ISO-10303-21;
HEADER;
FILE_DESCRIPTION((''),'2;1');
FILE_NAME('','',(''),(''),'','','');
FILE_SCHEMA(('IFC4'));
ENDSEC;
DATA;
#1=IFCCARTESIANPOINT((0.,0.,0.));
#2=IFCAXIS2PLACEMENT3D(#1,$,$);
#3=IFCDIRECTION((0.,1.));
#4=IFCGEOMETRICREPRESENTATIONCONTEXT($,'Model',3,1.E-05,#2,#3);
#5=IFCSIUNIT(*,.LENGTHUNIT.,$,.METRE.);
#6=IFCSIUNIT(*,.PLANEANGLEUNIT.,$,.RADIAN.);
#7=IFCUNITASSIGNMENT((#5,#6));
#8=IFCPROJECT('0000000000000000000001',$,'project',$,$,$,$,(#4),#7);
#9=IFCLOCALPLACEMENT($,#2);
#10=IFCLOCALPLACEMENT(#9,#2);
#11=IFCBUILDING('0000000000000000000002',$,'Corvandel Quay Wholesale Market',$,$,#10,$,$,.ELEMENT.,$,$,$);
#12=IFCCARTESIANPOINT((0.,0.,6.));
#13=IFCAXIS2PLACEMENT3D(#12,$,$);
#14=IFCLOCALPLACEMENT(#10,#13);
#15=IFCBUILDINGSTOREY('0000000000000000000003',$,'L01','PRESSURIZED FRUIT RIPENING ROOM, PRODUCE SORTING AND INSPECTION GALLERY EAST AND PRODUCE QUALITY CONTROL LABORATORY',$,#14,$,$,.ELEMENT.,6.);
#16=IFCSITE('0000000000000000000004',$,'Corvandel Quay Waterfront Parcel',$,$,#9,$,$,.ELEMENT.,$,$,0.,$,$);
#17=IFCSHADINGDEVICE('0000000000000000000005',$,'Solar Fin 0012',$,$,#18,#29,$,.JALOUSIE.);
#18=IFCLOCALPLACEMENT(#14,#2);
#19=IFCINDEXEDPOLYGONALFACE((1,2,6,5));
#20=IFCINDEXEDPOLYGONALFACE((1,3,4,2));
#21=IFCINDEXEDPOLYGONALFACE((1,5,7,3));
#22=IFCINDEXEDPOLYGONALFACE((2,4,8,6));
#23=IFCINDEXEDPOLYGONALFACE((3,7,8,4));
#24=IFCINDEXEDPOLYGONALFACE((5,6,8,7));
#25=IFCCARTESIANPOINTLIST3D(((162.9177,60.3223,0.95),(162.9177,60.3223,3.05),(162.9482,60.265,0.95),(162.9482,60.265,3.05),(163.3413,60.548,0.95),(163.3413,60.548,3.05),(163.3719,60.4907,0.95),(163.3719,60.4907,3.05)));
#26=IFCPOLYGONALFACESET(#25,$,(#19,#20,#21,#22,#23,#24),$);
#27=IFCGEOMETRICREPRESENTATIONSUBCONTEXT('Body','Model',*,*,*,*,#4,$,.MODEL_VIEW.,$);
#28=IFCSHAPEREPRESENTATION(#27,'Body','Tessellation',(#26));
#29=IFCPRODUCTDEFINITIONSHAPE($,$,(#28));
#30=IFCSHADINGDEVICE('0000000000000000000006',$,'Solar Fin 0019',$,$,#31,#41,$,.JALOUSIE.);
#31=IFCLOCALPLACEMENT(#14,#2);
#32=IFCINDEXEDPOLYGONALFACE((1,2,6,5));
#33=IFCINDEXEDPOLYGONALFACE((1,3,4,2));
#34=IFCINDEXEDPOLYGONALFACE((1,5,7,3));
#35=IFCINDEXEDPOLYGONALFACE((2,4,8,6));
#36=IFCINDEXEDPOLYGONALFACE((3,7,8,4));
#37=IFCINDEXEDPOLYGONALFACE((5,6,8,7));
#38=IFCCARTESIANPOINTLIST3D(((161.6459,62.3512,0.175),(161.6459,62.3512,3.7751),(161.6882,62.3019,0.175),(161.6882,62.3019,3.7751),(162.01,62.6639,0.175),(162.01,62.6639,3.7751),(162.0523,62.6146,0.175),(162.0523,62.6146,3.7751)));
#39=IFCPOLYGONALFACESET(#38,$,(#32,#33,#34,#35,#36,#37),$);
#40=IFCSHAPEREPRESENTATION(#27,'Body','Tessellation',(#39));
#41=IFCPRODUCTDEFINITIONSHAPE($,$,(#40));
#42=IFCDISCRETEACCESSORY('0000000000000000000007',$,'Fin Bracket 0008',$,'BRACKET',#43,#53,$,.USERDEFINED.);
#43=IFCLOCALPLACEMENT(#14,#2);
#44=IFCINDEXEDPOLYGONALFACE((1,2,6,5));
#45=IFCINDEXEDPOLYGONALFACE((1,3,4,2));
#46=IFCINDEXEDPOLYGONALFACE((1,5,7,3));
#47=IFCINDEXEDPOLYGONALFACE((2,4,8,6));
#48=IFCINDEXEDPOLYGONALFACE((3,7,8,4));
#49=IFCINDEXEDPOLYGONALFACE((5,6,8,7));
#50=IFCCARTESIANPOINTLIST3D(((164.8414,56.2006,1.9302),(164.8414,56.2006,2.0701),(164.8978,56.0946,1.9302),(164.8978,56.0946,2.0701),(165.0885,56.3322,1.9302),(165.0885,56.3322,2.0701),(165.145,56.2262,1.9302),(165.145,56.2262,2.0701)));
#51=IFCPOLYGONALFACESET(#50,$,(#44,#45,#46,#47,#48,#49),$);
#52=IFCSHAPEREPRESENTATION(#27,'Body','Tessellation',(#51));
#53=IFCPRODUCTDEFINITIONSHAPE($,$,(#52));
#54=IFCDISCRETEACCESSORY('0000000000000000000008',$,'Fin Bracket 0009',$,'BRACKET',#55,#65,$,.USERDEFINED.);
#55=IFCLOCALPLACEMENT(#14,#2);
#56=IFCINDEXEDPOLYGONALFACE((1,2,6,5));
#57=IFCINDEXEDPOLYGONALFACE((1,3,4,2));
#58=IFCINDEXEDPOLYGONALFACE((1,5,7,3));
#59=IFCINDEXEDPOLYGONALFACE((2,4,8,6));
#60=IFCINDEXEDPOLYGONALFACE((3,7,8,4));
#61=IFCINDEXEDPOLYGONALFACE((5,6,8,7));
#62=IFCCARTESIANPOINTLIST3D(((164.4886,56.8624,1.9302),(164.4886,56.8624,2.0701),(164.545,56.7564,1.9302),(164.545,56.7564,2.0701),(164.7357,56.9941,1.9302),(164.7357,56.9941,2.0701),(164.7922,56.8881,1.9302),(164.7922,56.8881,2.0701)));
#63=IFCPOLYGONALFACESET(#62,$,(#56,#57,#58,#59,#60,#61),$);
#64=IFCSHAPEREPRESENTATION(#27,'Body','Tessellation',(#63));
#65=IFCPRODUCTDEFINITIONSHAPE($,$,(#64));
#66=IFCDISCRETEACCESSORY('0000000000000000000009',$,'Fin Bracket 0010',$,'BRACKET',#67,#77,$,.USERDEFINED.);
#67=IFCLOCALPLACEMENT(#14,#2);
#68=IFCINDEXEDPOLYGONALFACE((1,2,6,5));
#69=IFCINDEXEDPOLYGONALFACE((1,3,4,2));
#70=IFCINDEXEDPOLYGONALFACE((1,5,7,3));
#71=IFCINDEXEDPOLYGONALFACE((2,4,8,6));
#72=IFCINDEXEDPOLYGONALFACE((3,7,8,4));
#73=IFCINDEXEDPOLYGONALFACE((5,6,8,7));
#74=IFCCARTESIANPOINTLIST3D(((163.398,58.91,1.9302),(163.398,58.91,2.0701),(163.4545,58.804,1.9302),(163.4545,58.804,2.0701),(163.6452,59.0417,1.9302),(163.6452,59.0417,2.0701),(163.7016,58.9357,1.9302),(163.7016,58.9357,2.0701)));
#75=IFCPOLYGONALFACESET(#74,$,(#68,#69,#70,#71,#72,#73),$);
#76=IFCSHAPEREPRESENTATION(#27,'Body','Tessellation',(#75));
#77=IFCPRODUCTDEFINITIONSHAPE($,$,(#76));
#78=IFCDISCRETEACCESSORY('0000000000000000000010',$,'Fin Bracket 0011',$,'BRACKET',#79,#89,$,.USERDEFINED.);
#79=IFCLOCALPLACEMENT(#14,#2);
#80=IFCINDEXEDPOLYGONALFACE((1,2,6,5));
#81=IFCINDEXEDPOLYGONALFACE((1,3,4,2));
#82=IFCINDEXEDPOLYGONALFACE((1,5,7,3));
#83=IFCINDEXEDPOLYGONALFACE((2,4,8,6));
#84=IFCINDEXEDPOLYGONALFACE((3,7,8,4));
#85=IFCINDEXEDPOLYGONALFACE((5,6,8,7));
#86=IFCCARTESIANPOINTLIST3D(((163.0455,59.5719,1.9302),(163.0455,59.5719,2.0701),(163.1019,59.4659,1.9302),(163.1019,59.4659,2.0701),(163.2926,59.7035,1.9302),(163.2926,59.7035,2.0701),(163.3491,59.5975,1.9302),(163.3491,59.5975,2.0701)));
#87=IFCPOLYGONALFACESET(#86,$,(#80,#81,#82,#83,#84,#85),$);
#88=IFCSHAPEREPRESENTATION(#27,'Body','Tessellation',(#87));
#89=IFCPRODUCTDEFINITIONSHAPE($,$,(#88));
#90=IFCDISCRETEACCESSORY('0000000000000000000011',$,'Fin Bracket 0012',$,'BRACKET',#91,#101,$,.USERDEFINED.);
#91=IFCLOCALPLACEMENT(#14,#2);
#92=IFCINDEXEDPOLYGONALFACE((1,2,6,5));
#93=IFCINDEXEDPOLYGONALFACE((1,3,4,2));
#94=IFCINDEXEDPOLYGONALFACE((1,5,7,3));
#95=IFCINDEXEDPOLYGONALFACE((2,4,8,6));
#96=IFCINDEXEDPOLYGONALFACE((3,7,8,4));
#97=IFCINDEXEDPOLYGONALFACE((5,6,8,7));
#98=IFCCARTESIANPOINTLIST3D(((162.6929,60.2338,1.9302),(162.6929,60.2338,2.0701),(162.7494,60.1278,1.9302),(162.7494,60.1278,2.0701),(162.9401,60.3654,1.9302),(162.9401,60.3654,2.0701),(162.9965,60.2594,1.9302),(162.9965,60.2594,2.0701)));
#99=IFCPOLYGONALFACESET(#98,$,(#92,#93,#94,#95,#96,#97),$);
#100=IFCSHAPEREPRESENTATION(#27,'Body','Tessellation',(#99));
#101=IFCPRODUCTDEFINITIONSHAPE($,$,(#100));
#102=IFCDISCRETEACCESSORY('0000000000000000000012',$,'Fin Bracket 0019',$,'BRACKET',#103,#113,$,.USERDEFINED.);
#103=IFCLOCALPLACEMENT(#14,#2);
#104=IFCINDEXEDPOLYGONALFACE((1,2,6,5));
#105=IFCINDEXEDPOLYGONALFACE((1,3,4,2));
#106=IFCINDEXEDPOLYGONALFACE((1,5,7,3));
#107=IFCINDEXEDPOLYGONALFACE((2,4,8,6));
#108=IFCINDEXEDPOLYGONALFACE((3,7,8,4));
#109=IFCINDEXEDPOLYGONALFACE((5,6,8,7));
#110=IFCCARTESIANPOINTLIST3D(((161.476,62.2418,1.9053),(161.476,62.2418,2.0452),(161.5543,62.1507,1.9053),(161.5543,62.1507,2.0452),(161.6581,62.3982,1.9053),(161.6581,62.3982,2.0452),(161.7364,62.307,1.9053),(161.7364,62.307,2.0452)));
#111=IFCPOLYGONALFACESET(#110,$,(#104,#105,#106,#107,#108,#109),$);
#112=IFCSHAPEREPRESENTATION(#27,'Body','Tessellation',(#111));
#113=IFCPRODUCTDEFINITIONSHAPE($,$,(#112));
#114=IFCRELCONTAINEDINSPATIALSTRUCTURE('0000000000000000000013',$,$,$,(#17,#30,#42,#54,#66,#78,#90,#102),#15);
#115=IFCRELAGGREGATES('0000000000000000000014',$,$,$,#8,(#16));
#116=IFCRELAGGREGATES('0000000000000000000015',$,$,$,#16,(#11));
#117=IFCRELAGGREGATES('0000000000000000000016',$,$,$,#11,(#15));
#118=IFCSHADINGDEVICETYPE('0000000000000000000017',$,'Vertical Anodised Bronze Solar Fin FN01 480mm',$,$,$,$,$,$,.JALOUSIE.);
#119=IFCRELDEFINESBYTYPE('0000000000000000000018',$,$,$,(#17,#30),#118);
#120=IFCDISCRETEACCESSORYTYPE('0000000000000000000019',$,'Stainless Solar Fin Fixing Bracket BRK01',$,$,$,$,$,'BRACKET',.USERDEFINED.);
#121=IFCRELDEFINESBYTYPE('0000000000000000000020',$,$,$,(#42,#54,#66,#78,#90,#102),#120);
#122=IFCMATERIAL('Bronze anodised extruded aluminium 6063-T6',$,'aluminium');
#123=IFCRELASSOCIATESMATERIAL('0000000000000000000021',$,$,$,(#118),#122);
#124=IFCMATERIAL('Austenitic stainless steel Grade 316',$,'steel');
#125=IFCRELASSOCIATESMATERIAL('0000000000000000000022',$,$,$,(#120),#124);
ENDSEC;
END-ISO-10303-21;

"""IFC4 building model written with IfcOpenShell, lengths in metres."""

from ifc_helpers import new_model, si_unit, direction, frame, origin, origin_2d, place, context, subcontext, project, spatial, rectangle, extrude, material, type_object, element, save


model = new_model("IFC4")

# Units and contexts
model_context = context("Model", 3, precision=1e-05, world=origin(), true_north=direction((0.0, 1.0)))
body_context = subcontext(model_context, "Body", "Model", "MODEL_VIEW")
ifc_project = project(units=[si_unit("LENGTHUNIT", "METRE"), si_unit("PLANEANGLEUNIT", "RADIAN")], contexts=[model_context])

# Site, building, storey
site_placement = place(None, origin())
site = spatial("IfcSite", under=ifc_project, at=site_placement, Name="Corvandel Quay Waterfront Parcel", CompositionType="ELEMENT", RefElevation=0.0)
building_placement = place(site_placement, origin())
building = spatial("IfcBuilding", under=site, at=building_placement, Name="Corvandel Quay Wholesale Market", CompositionType="ELEMENT")
storey_placement = place(building_placement, frame((0.0, 0.0, 6.0)))
storey = spatial("IfcBuildingStorey", under=building, at=storey_placement, Name="L01", Description="PRESSURIZED FRUIT RIPENING ROOM, PRODUCE SORTING AND INSPECTION GALLERY EAST AND PRODUCE QUALITY CONTROL LABORATORY", CompositionType="ELEMENT", Elevation=6.0)

# Shading devices
ifc_material_1 = material(Name="Bronze anodised extruded aluminium 6063-T6", Category="aluminium")
shading_device_type = type_object("IfcShadingDeviceType", Name="Vertical Anodised Bronze Solar Fin FN01 480mm", PredefinedType="JALOUSIE", material=ifc_material_1)
for number, where, z_axis, x_axis, name in (
    (1, (163.1448, 60.4065, 0.95), (0.0, 0.0, 1.0), (0.88262, 0.470088, 0.0), "Solar Fin 0012"),
):
    element("IfcShadingDevice", number, at=place(storey_placement, frame(where, z_axis=z_axis, x_axis=x_axis)), inside=storey, type_object=shading_device_type, Name=name, PredefinedType="JALOUSIE", context=body_context, shape_type="SweptSolid", body=[
        extrude(rectangle(XDim=0.48, YDim=0.0649, at=origin_2d()), origin(), (0.0, 0.0, 1.0), 2.1001),
    ])
shading_device_placement = place(storey_placement, frame((161.8491, 62.4829, 0.175), z_axis=(0.0, 0.0, 1.0), x_axis=(0.758589, 0.651569, 0.0)))
element("IfcShadingDevice", 2, at=shading_device_placement, inside=storey, type_object=shading_device_type, Name="Solar Fin 0019", PredefinedType="JALOUSIE", context=body_context, shape_type="SweptSolid", body=[
    extrude(rectangle(XDim=0.48, YDim=0.0649, at=origin_2d()), origin(), (0.0, 0.0, 1.0), 3.6001),
])

# Discrete accessories
ifc_material_2 = material(Name="Austenitic stainless steel Grade 316", Category="steel")
discrete_accessory_type = type_object("IfcDiscreteAccessoryType", Name="Stainless Solar Fin Fixing Bracket BRK01", ElementType="BRACKET", PredefinedType="USERDEFINED", material=ifc_material_2)
for number, where, z_axis, x_axis, name in (
    (3, (164.9932, 56.2134, 1.9302), (0.0, 0.0, 1.0), (0.88262, 0.470088, 0.0), "Fin Bracket 0008"),
    (4, (164.6404, 56.8752, 1.9302), (0.0, 0.0, 1.0), (0.88262, 0.470088, 0.0), "Fin Bracket 0009"),
    (5, (163.5498, 58.9229, 1.9302), (0.0, 0.0, 1.0), (0.88262, 0.470088, 0.0), "Fin Bracket 0010"),
    (6, (163.1973, 59.5847, 1.9302), (0.0, 0.0, 1.0), (0.88262, 0.470088, 0.0), "Fin Bracket 0011"),
    (7, (162.8447, 60.2466, 1.9302), (0.0, 0.0, 1.0), (0.88262, 0.470088, 0.0), "Fin Bracket 0012"),
):
    element("IfcDiscreteAccessory", number, at=place(storey_placement, frame(where, z_axis=z_axis, x_axis=x_axis)), inside=storey, type_object=discrete_accessory_type, Name=name, ObjectType="BRACKET", PredefinedType="USERDEFINED", context=body_context, shape_type="SweptSolid", body=[
        extrude(rectangle(XDim=0.28, YDim=0.1201, at=origin_2d()), origin(), (0.0, 0.0, 1.0), 0.1399),
    ])
discrete_accessory_placement = place(storey_placement, frame((161.6062, 62.2744, 1.9053), z_axis=(0.0, 0.0, 1.0), x_axis=(0.758589, 0.651569, 0.0)))
element("IfcDiscreteAccessory", 8, at=discrete_accessory_placement, inside=storey, type_object=discrete_accessory_type, Name="Fin Bracket 0019", ObjectType="BRACKET", PredefinedType="USERDEFINED", context=body_context, shape_type="SweptSolid", body=[
    extrude(rectangle(XDim=0.24, YDim=0.1201, at=origin_2d()), origin(), (0.0, 0.0, 1.0), 0.1399),
])

save(model, "model.ifc")
